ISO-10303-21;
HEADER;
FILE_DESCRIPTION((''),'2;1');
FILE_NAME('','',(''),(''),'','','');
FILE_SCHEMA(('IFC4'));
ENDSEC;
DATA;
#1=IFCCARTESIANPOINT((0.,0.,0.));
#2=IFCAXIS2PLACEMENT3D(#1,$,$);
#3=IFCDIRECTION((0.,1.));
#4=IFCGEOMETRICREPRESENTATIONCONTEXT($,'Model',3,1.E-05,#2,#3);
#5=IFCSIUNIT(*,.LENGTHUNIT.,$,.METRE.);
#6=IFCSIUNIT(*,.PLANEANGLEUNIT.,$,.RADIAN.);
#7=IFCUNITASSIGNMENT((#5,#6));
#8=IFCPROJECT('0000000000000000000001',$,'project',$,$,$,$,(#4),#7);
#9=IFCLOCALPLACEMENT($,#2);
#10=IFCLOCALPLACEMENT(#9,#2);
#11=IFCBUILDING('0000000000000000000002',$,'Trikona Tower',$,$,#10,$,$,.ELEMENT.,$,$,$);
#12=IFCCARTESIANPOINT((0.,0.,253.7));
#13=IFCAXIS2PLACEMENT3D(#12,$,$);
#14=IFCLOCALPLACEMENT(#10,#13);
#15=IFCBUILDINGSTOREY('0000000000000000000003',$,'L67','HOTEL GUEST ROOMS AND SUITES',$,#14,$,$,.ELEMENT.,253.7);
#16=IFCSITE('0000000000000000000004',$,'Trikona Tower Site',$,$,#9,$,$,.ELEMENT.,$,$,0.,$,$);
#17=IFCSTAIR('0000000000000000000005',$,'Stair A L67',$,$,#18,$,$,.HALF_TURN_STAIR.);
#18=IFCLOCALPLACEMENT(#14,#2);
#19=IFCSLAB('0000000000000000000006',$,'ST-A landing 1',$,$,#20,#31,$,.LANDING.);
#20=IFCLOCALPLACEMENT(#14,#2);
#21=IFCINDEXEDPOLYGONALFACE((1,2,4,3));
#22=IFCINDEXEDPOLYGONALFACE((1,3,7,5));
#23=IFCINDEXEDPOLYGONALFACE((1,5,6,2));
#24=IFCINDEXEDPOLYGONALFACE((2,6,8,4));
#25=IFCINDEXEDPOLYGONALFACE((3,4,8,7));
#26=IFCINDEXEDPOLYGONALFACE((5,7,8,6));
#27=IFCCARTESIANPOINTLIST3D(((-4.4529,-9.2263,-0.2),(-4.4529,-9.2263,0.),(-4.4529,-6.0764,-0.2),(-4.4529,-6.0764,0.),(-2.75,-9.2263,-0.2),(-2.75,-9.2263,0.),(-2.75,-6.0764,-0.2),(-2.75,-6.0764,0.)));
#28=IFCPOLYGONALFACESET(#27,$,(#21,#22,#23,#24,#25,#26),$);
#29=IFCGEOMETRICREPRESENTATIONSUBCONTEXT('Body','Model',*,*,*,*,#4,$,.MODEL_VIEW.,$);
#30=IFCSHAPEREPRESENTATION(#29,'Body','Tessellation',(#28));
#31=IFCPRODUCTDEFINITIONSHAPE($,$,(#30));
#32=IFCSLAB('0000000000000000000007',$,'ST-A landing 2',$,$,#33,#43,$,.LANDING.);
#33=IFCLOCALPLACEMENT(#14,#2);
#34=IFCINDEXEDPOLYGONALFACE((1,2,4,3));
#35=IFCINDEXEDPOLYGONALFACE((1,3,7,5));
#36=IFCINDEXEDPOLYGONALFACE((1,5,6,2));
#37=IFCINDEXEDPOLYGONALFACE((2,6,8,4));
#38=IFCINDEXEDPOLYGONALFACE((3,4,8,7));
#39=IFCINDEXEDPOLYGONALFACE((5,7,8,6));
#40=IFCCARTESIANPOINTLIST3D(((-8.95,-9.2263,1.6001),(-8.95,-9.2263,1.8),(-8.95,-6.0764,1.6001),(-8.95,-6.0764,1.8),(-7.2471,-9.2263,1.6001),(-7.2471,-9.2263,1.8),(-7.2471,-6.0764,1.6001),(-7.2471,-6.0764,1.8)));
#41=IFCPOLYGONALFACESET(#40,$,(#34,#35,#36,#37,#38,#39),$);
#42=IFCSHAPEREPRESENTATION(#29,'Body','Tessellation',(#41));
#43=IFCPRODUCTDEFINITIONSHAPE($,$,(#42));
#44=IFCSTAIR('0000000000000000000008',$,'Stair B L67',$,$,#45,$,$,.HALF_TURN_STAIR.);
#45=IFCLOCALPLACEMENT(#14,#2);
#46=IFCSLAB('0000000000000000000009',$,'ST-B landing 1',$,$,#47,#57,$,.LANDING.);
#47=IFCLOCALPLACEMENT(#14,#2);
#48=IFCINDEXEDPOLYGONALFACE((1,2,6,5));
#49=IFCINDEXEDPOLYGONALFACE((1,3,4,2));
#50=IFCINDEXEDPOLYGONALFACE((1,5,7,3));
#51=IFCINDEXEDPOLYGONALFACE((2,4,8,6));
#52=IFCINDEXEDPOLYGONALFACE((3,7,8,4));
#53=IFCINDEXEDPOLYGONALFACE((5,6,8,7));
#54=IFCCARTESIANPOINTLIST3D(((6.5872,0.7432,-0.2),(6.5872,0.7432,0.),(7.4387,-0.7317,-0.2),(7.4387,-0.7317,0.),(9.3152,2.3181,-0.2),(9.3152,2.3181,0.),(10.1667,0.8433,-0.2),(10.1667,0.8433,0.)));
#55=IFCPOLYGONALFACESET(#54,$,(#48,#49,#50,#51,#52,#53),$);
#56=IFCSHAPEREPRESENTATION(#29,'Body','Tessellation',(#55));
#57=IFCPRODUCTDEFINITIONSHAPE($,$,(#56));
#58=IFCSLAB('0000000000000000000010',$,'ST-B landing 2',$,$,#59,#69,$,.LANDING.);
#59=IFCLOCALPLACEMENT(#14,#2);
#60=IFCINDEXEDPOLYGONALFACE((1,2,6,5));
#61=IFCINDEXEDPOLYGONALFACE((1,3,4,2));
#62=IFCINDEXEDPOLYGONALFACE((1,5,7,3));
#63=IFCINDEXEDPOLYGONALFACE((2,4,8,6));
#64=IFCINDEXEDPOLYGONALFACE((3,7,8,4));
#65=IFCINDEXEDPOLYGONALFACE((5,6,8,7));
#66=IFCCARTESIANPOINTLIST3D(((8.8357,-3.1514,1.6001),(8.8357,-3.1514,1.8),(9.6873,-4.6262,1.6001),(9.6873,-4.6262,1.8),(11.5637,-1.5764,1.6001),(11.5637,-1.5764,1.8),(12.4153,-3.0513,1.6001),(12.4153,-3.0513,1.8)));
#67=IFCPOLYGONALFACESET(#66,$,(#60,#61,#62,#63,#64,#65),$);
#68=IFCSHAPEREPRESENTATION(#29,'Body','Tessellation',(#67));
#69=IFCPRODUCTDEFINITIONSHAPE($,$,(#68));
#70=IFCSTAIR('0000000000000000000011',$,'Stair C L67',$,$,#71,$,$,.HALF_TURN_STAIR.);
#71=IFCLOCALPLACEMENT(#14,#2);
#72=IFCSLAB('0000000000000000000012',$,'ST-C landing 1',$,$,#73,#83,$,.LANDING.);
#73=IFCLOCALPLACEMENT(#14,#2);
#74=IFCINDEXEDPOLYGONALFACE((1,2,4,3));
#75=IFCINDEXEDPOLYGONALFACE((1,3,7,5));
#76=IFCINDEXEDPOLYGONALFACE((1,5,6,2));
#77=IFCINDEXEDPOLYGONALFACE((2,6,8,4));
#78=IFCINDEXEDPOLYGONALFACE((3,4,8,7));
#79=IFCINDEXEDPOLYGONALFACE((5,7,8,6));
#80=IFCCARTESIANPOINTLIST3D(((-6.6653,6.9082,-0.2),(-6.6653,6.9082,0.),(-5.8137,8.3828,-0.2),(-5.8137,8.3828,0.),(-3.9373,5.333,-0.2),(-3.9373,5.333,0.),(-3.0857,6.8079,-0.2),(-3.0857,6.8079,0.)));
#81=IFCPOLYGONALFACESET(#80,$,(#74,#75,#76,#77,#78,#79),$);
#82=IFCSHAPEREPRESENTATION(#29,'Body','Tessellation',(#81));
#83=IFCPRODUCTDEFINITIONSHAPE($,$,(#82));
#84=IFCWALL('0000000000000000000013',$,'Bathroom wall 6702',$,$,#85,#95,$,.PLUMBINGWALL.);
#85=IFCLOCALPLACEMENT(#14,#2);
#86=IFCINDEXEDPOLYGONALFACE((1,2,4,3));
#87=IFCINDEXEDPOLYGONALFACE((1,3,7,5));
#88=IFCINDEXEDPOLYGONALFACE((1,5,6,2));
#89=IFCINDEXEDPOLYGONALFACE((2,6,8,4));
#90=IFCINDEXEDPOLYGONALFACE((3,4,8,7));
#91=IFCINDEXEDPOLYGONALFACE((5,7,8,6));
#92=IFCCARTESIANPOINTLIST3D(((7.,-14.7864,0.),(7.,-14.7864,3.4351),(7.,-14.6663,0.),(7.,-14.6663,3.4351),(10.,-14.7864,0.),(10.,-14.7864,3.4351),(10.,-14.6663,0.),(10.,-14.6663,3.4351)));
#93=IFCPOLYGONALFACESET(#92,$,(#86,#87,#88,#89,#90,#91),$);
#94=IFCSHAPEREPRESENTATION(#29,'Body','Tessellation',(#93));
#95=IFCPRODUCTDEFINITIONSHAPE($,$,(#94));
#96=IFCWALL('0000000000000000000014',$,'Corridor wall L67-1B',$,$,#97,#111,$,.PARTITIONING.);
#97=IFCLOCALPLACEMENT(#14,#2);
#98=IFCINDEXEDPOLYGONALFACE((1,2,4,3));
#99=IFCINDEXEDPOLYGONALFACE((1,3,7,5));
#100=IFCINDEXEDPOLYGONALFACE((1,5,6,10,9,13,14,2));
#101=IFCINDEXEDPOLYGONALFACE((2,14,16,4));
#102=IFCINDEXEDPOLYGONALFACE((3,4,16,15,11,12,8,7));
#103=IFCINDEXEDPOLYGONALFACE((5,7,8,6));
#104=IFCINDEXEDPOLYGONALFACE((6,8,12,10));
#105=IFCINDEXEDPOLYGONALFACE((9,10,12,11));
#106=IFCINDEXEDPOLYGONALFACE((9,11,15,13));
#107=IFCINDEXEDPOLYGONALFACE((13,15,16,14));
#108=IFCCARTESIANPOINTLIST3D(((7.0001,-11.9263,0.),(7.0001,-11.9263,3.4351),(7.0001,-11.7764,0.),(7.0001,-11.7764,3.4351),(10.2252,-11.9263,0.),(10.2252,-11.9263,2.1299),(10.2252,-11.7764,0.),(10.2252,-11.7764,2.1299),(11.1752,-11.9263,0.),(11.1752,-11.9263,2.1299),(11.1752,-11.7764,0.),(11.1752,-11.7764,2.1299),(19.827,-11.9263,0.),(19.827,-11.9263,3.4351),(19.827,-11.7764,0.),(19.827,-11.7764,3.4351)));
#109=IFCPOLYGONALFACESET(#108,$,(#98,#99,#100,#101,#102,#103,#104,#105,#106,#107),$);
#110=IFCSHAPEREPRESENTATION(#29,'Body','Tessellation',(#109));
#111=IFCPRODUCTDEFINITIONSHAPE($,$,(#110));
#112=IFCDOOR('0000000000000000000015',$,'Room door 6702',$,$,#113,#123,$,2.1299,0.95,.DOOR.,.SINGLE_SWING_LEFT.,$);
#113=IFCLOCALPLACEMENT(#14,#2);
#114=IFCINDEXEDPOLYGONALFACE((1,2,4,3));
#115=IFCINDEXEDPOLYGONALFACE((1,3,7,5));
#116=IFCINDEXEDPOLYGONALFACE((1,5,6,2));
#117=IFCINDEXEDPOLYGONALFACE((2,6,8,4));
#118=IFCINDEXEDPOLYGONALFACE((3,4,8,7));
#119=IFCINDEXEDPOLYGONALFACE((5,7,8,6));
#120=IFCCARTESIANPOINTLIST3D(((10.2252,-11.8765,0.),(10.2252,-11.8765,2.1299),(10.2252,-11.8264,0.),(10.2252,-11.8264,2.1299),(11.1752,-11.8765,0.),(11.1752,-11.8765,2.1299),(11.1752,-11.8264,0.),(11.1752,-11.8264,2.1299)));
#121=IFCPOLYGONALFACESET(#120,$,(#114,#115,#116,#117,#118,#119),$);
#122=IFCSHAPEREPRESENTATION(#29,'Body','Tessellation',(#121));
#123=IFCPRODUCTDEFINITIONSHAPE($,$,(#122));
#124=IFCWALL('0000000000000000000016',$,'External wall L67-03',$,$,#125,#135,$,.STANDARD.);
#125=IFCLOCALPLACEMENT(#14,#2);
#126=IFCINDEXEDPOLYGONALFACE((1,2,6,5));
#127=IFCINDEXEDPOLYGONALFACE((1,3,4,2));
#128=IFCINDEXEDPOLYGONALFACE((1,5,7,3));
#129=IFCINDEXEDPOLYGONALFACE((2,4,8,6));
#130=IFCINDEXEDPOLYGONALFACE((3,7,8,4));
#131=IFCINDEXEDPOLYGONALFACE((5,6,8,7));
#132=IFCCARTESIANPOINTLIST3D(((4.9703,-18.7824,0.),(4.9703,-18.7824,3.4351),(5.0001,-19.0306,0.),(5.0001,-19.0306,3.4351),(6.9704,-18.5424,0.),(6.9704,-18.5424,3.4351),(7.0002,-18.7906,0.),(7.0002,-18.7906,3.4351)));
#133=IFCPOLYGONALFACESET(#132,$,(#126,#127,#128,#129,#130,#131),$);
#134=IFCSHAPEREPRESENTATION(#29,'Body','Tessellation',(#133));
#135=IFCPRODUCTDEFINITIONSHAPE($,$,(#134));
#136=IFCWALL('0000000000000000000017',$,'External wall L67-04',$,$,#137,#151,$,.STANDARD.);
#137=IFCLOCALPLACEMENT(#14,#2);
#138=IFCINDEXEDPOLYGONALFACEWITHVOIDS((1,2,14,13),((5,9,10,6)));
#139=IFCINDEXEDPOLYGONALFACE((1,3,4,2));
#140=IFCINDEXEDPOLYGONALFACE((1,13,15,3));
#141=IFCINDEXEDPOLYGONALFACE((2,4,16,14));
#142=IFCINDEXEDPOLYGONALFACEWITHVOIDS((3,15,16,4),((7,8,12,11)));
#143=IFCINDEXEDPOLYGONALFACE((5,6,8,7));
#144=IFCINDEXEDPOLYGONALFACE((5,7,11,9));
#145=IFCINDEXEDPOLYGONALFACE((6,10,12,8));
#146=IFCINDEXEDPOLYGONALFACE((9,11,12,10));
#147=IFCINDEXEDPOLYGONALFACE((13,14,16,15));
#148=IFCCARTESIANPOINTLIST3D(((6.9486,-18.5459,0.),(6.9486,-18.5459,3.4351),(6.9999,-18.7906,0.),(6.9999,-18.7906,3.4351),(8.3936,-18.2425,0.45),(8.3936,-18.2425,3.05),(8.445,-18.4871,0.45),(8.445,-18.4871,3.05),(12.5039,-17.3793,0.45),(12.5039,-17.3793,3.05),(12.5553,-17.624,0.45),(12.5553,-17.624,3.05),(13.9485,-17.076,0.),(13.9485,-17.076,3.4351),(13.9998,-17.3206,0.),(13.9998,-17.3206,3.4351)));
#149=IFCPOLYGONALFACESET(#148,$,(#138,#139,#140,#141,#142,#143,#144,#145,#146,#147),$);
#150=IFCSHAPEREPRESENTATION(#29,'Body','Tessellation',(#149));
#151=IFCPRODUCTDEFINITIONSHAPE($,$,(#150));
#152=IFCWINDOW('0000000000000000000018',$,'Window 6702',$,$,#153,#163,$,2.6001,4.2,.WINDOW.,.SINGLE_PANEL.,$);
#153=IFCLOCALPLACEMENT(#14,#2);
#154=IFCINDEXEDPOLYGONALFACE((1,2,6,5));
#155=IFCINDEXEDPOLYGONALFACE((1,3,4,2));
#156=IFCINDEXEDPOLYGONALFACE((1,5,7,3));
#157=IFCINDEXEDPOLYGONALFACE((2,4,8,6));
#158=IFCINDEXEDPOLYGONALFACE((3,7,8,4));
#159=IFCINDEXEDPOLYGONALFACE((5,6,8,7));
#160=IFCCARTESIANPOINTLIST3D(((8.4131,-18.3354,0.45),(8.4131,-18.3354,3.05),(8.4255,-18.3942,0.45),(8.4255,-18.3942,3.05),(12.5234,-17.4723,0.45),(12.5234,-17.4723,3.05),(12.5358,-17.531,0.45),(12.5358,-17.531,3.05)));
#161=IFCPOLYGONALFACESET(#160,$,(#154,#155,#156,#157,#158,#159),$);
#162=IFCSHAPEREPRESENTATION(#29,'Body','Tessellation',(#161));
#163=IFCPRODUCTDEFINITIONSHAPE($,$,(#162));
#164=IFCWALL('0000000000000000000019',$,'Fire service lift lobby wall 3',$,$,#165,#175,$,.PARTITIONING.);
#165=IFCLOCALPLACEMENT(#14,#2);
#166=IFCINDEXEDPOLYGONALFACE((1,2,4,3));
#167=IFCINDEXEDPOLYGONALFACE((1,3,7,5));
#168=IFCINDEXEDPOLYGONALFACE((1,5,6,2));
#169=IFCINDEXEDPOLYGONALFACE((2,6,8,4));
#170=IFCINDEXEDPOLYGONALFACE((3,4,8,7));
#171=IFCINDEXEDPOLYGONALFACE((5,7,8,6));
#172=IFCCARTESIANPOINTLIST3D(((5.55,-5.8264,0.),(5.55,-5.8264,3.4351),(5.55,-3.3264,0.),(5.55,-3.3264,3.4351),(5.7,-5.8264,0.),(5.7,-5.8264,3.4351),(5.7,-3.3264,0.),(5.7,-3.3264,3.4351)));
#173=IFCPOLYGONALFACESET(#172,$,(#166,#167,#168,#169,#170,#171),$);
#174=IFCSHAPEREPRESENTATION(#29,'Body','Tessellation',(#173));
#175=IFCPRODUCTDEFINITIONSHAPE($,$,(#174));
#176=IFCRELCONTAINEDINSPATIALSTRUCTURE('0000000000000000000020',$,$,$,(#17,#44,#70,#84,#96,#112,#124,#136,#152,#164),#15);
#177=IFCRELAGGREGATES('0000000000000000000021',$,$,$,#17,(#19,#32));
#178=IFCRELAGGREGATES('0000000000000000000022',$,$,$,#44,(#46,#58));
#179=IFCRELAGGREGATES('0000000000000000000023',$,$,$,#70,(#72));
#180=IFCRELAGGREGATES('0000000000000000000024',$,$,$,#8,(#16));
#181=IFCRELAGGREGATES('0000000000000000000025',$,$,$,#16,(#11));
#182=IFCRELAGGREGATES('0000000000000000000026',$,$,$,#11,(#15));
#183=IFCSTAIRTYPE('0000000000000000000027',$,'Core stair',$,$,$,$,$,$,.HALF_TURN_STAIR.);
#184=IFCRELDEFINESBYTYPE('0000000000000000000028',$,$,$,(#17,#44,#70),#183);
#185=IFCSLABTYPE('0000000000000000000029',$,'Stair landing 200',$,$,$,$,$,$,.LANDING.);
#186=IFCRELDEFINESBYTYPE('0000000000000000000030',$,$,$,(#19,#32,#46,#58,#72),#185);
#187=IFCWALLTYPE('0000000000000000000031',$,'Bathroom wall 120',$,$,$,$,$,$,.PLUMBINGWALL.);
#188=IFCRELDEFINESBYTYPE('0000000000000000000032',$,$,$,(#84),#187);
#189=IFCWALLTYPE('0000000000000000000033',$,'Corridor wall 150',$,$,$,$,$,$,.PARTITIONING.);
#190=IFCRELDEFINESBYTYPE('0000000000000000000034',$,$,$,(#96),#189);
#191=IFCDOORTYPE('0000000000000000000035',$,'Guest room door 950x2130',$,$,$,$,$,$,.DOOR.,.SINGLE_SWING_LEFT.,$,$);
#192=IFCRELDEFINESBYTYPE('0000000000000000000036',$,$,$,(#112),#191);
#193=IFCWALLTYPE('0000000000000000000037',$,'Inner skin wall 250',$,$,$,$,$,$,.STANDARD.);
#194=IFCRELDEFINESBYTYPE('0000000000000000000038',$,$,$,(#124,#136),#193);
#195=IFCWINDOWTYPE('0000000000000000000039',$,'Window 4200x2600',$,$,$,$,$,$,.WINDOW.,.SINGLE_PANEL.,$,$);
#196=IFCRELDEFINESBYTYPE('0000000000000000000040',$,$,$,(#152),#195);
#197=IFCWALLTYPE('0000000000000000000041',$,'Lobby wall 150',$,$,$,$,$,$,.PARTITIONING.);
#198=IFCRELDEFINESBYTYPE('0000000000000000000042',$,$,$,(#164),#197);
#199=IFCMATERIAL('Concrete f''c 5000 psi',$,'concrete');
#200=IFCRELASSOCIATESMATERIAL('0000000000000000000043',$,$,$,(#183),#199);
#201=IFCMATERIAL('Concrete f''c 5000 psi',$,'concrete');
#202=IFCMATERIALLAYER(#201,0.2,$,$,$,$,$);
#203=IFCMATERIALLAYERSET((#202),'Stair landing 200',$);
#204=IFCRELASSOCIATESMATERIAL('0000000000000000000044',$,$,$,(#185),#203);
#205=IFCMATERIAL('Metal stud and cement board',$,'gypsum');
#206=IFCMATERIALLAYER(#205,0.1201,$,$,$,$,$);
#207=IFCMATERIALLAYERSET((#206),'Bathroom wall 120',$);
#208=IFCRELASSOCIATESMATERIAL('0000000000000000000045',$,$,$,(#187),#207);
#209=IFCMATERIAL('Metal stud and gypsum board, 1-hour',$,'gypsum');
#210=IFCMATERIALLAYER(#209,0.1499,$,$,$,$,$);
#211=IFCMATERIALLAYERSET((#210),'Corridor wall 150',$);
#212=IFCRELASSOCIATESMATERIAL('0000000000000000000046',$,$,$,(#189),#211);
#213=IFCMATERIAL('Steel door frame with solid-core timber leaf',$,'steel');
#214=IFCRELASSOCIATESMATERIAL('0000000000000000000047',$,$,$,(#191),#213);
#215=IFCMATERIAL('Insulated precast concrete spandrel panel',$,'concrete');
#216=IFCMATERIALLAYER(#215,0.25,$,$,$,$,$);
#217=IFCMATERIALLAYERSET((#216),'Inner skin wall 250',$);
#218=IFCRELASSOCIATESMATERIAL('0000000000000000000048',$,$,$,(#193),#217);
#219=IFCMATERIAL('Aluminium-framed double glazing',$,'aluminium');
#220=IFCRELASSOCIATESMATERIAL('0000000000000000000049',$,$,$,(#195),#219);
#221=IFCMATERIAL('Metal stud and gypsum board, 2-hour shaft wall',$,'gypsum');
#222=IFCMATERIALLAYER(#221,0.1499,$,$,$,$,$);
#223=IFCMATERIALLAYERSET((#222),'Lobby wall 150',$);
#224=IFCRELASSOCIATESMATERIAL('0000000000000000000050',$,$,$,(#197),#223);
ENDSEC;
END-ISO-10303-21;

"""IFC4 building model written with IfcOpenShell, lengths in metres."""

from ifc_helpers import new_model, si_unit, direction, frame, frame_2d, origin, place, context, subcontext, project, spatial, polyline, rectangle, outline, extrude, material, layer, layer_set, type_object, element, fill, aggregate, save


model = new_model("IFC4")

# Units and contexts
model_context = context("Model", 3, precision=1e-05, world=origin(), true_north=direction((0.0, 1.0)))
body_context = subcontext(model_context, "Body", "Model", "MODEL_VIEW")
ifc_project = project(units=[si_unit("LENGTHUNIT", "METRE"), si_unit("PLANEANGLEUNIT", "RADIAN")], contexts=[model_context])

# Site, building, storey
site_placement = place(None, origin())
site = spatial("IfcSite", under=ifc_project, at=site_placement, Name="Trikona Tower Site", CompositionType="ELEMENT", RefElevation=0.0)
building_placement = place(site_placement, origin())
building = spatial("IfcBuilding", under=site, at=building_placement, Name="Trikona Tower", CompositionType="ELEMENT")
storey_placement = place(building_placement, frame((0.0, 0.0, 253.7)))
storey = spatial("IfcBuildingStorey", under=building, at=storey_placement, Name="L67", Description="HOTEL GUEST ROOMS AND SUITES", CompositionType="ELEMENT", Elevation=253.7)

# Stairs, slabs
ifc_material_1 = material(Name="Concrete f'c 5000 psi", Category="concrete")
stair_type = type_object("IfcStairType", Name="Core stair", PredefinedType="HALF_TURN_STAIR", material=ifc_material_1)
stair_1_placement = place(storey_placement, origin())
stair_1 = element("IfcStair", 1, at=stair_1_placement, inside=storey, type_object=stair_type, Name="Stair A L67", PredefinedType="HALF_TURN_STAIR")
ifc_material_2 = material(Name="Concrete f'c 5000 psi", Category="concrete")
ifc_layer_1 = layer(ifc_material_2, 0.2)
ifc_layer_set_1 = layer_set([ifc_layer_1], Name="Stair landing 200")
slab_type_1 = type_object("IfcSlabType", Name="Stair landing 200", PredefinedType="LANDING", material=ifc_layer_set_1)
slab_1_placement = place(storey_placement, frame((0.0, 0.0, -0.2)))
slab_1 = element("IfcSlab", 2, at=slab_1_placement, type_object=slab_type_1, Name="ST-A landing 1", PredefinedType="LANDING", context=body_context, shape_type="SweptSolid", body=[
    extrude(outline(polyline([(-4.4529, -6.0764), (-2.75, -6.0764), (-2.75, -9.2263), (-4.4529, -9.2263), (-4.4529, -6.0764)])), origin(), (0.0, 0.0, 1.0), 0.2),
])
slab_2_placement = place(storey_placement, frame((0.0, 0.0, 1.6001)))
slab_2 = element("IfcSlab", 3, at=slab_2_placement, type_object=slab_type_1, Name="ST-A landing 2", PredefinedType="LANDING", context=body_context, shape_type="SweptSolid", body=[
    extrude(outline(polyline([(-8.95, -6.0764), (-7.2471, -6.0764), (-7.2471, -9.2263), (-8.95, -9.2263), (-8.95, -6.0764)])), origin(), (0.0, 0.0, 1.0), 0.2),
])
aggregate(stair_1, [slab_1, slab_2])
stair_2_placement = place(storey_placement, origin())
stair_2 = element("IfcStair", 4, at=stair_2_placement, inside=storey, type_object=stair_type, Name="Stair B L67", PredefinedType="HALF_TURN_STAIR")
slab_3_placement = place(storey_placement, frame((0.0, 0.0, -0.2)))
slab_3 = element("IfcSlab", 5, at=slab_3_placement, type_object=slab_type_1, Name="ST-B landing 1", PredefinedType="LANDING", context=body_context, shape_type="SweptSolid", body=[
    extrude(outline(polyline([(7.4387, -0.7317), (6.5872, 0.7432), (9.3152, 2.3181), (10.1667, 0.8433), (7.4387, -0.7317)])), origin(), (0.0, 0.0, 1.0), 0.2),
])
slab_4_placement = place(storey_placement, frame((0.0, 0.0, 1.6001)))
slab_4 = element("IfcSlab", 6, at=slab_4_placement, type_object=slab_type_1, Name="ST-B landing 2", PredefinedType="LANDING", context=body_context, shape_type="SweptSolid", body=[
    extrude(outline(polyline([(9.6873, -4.6262), (8.8357, -3.1514), (11.5637, -1.5764), (12.4153, -3.0513), (9.6873, -4.6262)])), origin(), (0.0, 0.0, 1.0), 0.2),
])
aggregate(stair_2, [slab_3, slab_4])

# Stair, slab
stair_3_placement = place(storey_placement, origin())
stair_3 = element("IfcStair", 7, at=stair_3_placement, inside=storey, type_object=stair_type, Name="Stair C L67", PredefinedType="HALF_TURN_STAIR")
slab_5_placement = place(storey_placement, frame((0.0, 0.0, -0.2)))
slab_5 = element("IfcSlab", 8, at=slab_5_placement, type_object=slab_type_1, Name="ST-C landing 1", PredefinedType="LANDING", context=body_context, shape_type="SweptSolid", body=[
    extrude(outline(polyline([(-3.0857, 6.8079), (-3.9373, 5.333), (-6.6653, 6.9082), (-5.8137, 8.3828), (-3.0857, 6.8079)])), origin(), (0.0, 0.0, 1.0), 0.2),
])
aggregate(stair_3, [slab_5])

# Wall
ifc_material_3 = material(Name="Metal stud and cement board", Category="gypsum")
ifc_layer_2 = layer(ifc_material_3, 0.1201)
ifc_layer_set_2 = layer_set([ifc_layer_2], Name="Bathroom wall 120")
wall_type_1 = type_object("IfcWallType", Name="Bathroom wall 120", PredefinedType="PLUMBINGWALL", material=ifc_layer_set_2)
wall_1_placement = place(storey_placement, frame((7.0, -14.7263, 0.0), z_axis=(0.0, 0.0, 1.0), x_axis=(1.0, 0.0, 0.0)))
element("IfcWall", 9, at=wall_1_placement, inside=storey, type_object=wall_type_1, Name="Bathroom wall 6702", PredefinedType="PLUMBINGWALL", context=body_context, shape_type="SweptSolid", body=[
    extrude(rectangle(XDim=3.0, YDim=0.1201, at=frame_2d((1.5, 0.0))), origin(), (0.0, 0.0, 1.0), 3.4351),
])

# Wall, opening, door
ifc_material_4 = material(Name="Metal stud and gypsum board, 1-hour", Category="gypsum")
ifc_layer_3 = layer(ifc_material_4, 0.1499)
ifc_layer_set_3 = layer_set([ifc_layer_3], Name="Corridor wall 150")
wall_type_2 = type_object("IfcWallType", Name="Corridor wall 150", PredefinedType="PARTITIONING", material=ifc_layer_set_3)
wall_2_placement = place(storey_placement, frame((7.0, -11.8513, 0.0), z_axis=(0.0, 0.0, 1.0), x_axis=(1.0, 0.0, 0.0)))
wall_2 = element("IfcWall", 10, at=wall_2_placement, inside=storey, type_object=wall_type_2, Name="Corridor wall L67-1B", PredefinedType="PARTITIONING", context=body_context, shape_type="SweptSolid", body=[
    extrude(rectangle(XDim=12.8269, YDim=0.1499, at=frame_2d((6.4136, 0.0))), origin(), (0.0, 0.0, 1.0), 3.4351),
])
opening_1_placement = place(wall_2_placement, frame((3.2251, 0.0, 0.0)))
opening_1 = element("IfcOpeningElement", 11, at=opening_1_placement, cuts=wall_2, PredefinedType="OPENING", context=body_context, shape_type="SweptSolid", body=[
    extrude(rectangle(XDim=0.95, YDim=2.1299, at=frame_2d((0.4751, 1.0649))), frame((0.0, 0.085, 0.0), z_axis=(0.0, -1.0, 0.0), x_axis=(1.0, 0.0, 0.0)), (0.0, 0.0, 1.0), 0.1699),
])
ifc_material_5 = material(Name="Steel door frame with solid-core timber leaf", Category="steel")
door_type = type_object("IfcDoorType", Name="Guest room door 950x2130", OperationType="SINGLE_SWING_LEFT", PredefinedType="DOOR", material=ifc_material_5)
door_placement = place(opening_1_placement, origin())
door = element("IfcDoor", 12, at=door_placement, inside=storey, type_object=door_type, Name="Room door 6702", OperationType="SINGLE_SWING_LEFT", OverallHeight=2.1299, OverallWidth=0.95, PredefinedType="DOOR", context=body_context, shape_type="SweptSolid", body=[
    extrude(rectangle(XDim=0.95, YDim=2.1299, at=frame_2d((0.4751, 1.0649))), frame((0.0, 0.0249, 0.0), z_axis=(0.0, -1.0, 0.0), x_axis=(1.0, 0.0, 0.0)), (0.0, 0.0, 1.0), 0.05),
])
fill(opening_1, door)

# Wall
ifc_material_6 = material(Name="Insulated precast concrete spandrel panel", Category="concrete")
ifc_layer_4 = layer(ifc_material_6, 0.25)
ifc_layer_set_4 = layer_set([ifc_layer_4], Name="Inner skin wall 250")
wall_type_3 = type_object("IfcWallType", Name="Inner skin wall 250", PredefinedType="STANDARD", material=ifc_layer_set_4)
wall_3_placement = place(storey_placement, frame((4.9851, -18.9065, 0.0), z_axis=(0.0, 0.0, 1.0), x_axis=(0.992877, 0.11914, 0.0)))
element("IfcWall", 13, at=wall_3_placement, inside=storey, type_object=wall_type_3, Name="External wall L67-03", PredefinedType="STANDARD", context=body_context, shape_type="SweptSolid", body=[
    extrude(rectangle(XDim=2.0144, YDim=0.25, at=frame_2d((1.0073, 0.0))), origin(), (0.0, 0.0, 1.0), 3.4351),
])

# Wall, opening, window
wall_4_placement = place(storey_placement, frame((6.9744, -18.6682, 0.0), z_axis=(0.0, 0.0, 1.0), x_axis=(0.978654, 0.205513, 0.0)))
wall_4 = element("IfcWall", 14, at=wall_4_placement, inside=storey, type_object=wall_type_3, Name="External wall L67-04", PredefinedType="STANDARD", context=body_context, shape_type="SweptSolid", body=[
    extrude(rectangle(XDim=7.1526, YDim=0.25, at=frame_2d((3.5762, 0.0))), origin(), (0.0, 0.0, 1.0), 3.4351),
])
opening_2_placement = place(wall_4_placement, frame((1.4763, 0.0, 0.45)))
opening_2 = element("IfcOpeningElement", 15, at=opening_2_placement, cuts=wall_4, PredefinedType="OPENING", context=body_context, shape_type="SweptSolid", body=[
    extrude(rectangle(XDim=4.2, YDim=2.6001, at=frame_2d((2.1001, 1.3))), frame((0.0, 0.135, 0.0), z_axis=(0.0, -1.0, 0.0), x_axis=(1.0, 0.0, 0.0)), (0.0, 0.0, 1.0), 0.27),
])
ifc_material_7 = material(Name="Aluminium-framed double glazing", Category="aluminium")
window_type = type_object("IfcWindowType", Name="Window 4200x2600", PartitioningType="SINGLE_PANEL", PredefinedType="WINDOW", material=ifc_material_7)
window_placement = place(opening_2_placement, origin())
window = element("IfcWindow", 16, at=window_placement, inside=storey, type_object=window_type, Name="Window 6702", OverallHeight=2.6001, OverallWidth=4.2, PartitioningType="SINGLE_PANEL", PredefinedType="WINDOW", context=body_context, shape_type="SweptSolid", body=[
    extrude(rectangle(XDim=4.2, YDim=2.6001, at=frame_2d((2.1001, 1.3))), frame((0.0, 0.03, 0.0), z_axis=(0.0, -1.0, 0.0), x_axis=(1.0, 0.0, 0.0)), (0.0, 0.0, 1.0), 0.0601),
])
fill(opening_2, window)

# Wall
ifc_material_8 = material(Name="Metal stud and gypsum board, 2-hour shaft wall", Category="gypsum")
ifc_layer_5 = layer(ifc_material_8, 0.1499)
ifc_layer_set_5 = layer_set([ifc_layer_5], Name="Lobby wall 150")
wall_type_4 = type_object("IfcWallType", Name="Lobby wall 150", PredefinedType="PARTITIONING", material=ifc_layer_set_5)
wall_5_placement = place(storey_placement, frame((5.625, -5.8264, 0.0), z_axis=(0.0, 0.0, 1.0), x_axis=(0.0, 1.0, 0.0)))
element("IfcWall", 17, at=wall_5_placement, inside=storey, type_object=wall_type_4, Name="Fire service lift lobby wall 3", PredefinedType="PARTITIONING", context=body_context, shape_type="SweptSolid", body=[
    extrude(rectangle(XDim=2.5, YDim=0.1499, at=frame_2d((1.25, 0.0))), origin(), (0.0, 0.0, 1.0), 3.4351),
])

save(model, "model.ifc")
